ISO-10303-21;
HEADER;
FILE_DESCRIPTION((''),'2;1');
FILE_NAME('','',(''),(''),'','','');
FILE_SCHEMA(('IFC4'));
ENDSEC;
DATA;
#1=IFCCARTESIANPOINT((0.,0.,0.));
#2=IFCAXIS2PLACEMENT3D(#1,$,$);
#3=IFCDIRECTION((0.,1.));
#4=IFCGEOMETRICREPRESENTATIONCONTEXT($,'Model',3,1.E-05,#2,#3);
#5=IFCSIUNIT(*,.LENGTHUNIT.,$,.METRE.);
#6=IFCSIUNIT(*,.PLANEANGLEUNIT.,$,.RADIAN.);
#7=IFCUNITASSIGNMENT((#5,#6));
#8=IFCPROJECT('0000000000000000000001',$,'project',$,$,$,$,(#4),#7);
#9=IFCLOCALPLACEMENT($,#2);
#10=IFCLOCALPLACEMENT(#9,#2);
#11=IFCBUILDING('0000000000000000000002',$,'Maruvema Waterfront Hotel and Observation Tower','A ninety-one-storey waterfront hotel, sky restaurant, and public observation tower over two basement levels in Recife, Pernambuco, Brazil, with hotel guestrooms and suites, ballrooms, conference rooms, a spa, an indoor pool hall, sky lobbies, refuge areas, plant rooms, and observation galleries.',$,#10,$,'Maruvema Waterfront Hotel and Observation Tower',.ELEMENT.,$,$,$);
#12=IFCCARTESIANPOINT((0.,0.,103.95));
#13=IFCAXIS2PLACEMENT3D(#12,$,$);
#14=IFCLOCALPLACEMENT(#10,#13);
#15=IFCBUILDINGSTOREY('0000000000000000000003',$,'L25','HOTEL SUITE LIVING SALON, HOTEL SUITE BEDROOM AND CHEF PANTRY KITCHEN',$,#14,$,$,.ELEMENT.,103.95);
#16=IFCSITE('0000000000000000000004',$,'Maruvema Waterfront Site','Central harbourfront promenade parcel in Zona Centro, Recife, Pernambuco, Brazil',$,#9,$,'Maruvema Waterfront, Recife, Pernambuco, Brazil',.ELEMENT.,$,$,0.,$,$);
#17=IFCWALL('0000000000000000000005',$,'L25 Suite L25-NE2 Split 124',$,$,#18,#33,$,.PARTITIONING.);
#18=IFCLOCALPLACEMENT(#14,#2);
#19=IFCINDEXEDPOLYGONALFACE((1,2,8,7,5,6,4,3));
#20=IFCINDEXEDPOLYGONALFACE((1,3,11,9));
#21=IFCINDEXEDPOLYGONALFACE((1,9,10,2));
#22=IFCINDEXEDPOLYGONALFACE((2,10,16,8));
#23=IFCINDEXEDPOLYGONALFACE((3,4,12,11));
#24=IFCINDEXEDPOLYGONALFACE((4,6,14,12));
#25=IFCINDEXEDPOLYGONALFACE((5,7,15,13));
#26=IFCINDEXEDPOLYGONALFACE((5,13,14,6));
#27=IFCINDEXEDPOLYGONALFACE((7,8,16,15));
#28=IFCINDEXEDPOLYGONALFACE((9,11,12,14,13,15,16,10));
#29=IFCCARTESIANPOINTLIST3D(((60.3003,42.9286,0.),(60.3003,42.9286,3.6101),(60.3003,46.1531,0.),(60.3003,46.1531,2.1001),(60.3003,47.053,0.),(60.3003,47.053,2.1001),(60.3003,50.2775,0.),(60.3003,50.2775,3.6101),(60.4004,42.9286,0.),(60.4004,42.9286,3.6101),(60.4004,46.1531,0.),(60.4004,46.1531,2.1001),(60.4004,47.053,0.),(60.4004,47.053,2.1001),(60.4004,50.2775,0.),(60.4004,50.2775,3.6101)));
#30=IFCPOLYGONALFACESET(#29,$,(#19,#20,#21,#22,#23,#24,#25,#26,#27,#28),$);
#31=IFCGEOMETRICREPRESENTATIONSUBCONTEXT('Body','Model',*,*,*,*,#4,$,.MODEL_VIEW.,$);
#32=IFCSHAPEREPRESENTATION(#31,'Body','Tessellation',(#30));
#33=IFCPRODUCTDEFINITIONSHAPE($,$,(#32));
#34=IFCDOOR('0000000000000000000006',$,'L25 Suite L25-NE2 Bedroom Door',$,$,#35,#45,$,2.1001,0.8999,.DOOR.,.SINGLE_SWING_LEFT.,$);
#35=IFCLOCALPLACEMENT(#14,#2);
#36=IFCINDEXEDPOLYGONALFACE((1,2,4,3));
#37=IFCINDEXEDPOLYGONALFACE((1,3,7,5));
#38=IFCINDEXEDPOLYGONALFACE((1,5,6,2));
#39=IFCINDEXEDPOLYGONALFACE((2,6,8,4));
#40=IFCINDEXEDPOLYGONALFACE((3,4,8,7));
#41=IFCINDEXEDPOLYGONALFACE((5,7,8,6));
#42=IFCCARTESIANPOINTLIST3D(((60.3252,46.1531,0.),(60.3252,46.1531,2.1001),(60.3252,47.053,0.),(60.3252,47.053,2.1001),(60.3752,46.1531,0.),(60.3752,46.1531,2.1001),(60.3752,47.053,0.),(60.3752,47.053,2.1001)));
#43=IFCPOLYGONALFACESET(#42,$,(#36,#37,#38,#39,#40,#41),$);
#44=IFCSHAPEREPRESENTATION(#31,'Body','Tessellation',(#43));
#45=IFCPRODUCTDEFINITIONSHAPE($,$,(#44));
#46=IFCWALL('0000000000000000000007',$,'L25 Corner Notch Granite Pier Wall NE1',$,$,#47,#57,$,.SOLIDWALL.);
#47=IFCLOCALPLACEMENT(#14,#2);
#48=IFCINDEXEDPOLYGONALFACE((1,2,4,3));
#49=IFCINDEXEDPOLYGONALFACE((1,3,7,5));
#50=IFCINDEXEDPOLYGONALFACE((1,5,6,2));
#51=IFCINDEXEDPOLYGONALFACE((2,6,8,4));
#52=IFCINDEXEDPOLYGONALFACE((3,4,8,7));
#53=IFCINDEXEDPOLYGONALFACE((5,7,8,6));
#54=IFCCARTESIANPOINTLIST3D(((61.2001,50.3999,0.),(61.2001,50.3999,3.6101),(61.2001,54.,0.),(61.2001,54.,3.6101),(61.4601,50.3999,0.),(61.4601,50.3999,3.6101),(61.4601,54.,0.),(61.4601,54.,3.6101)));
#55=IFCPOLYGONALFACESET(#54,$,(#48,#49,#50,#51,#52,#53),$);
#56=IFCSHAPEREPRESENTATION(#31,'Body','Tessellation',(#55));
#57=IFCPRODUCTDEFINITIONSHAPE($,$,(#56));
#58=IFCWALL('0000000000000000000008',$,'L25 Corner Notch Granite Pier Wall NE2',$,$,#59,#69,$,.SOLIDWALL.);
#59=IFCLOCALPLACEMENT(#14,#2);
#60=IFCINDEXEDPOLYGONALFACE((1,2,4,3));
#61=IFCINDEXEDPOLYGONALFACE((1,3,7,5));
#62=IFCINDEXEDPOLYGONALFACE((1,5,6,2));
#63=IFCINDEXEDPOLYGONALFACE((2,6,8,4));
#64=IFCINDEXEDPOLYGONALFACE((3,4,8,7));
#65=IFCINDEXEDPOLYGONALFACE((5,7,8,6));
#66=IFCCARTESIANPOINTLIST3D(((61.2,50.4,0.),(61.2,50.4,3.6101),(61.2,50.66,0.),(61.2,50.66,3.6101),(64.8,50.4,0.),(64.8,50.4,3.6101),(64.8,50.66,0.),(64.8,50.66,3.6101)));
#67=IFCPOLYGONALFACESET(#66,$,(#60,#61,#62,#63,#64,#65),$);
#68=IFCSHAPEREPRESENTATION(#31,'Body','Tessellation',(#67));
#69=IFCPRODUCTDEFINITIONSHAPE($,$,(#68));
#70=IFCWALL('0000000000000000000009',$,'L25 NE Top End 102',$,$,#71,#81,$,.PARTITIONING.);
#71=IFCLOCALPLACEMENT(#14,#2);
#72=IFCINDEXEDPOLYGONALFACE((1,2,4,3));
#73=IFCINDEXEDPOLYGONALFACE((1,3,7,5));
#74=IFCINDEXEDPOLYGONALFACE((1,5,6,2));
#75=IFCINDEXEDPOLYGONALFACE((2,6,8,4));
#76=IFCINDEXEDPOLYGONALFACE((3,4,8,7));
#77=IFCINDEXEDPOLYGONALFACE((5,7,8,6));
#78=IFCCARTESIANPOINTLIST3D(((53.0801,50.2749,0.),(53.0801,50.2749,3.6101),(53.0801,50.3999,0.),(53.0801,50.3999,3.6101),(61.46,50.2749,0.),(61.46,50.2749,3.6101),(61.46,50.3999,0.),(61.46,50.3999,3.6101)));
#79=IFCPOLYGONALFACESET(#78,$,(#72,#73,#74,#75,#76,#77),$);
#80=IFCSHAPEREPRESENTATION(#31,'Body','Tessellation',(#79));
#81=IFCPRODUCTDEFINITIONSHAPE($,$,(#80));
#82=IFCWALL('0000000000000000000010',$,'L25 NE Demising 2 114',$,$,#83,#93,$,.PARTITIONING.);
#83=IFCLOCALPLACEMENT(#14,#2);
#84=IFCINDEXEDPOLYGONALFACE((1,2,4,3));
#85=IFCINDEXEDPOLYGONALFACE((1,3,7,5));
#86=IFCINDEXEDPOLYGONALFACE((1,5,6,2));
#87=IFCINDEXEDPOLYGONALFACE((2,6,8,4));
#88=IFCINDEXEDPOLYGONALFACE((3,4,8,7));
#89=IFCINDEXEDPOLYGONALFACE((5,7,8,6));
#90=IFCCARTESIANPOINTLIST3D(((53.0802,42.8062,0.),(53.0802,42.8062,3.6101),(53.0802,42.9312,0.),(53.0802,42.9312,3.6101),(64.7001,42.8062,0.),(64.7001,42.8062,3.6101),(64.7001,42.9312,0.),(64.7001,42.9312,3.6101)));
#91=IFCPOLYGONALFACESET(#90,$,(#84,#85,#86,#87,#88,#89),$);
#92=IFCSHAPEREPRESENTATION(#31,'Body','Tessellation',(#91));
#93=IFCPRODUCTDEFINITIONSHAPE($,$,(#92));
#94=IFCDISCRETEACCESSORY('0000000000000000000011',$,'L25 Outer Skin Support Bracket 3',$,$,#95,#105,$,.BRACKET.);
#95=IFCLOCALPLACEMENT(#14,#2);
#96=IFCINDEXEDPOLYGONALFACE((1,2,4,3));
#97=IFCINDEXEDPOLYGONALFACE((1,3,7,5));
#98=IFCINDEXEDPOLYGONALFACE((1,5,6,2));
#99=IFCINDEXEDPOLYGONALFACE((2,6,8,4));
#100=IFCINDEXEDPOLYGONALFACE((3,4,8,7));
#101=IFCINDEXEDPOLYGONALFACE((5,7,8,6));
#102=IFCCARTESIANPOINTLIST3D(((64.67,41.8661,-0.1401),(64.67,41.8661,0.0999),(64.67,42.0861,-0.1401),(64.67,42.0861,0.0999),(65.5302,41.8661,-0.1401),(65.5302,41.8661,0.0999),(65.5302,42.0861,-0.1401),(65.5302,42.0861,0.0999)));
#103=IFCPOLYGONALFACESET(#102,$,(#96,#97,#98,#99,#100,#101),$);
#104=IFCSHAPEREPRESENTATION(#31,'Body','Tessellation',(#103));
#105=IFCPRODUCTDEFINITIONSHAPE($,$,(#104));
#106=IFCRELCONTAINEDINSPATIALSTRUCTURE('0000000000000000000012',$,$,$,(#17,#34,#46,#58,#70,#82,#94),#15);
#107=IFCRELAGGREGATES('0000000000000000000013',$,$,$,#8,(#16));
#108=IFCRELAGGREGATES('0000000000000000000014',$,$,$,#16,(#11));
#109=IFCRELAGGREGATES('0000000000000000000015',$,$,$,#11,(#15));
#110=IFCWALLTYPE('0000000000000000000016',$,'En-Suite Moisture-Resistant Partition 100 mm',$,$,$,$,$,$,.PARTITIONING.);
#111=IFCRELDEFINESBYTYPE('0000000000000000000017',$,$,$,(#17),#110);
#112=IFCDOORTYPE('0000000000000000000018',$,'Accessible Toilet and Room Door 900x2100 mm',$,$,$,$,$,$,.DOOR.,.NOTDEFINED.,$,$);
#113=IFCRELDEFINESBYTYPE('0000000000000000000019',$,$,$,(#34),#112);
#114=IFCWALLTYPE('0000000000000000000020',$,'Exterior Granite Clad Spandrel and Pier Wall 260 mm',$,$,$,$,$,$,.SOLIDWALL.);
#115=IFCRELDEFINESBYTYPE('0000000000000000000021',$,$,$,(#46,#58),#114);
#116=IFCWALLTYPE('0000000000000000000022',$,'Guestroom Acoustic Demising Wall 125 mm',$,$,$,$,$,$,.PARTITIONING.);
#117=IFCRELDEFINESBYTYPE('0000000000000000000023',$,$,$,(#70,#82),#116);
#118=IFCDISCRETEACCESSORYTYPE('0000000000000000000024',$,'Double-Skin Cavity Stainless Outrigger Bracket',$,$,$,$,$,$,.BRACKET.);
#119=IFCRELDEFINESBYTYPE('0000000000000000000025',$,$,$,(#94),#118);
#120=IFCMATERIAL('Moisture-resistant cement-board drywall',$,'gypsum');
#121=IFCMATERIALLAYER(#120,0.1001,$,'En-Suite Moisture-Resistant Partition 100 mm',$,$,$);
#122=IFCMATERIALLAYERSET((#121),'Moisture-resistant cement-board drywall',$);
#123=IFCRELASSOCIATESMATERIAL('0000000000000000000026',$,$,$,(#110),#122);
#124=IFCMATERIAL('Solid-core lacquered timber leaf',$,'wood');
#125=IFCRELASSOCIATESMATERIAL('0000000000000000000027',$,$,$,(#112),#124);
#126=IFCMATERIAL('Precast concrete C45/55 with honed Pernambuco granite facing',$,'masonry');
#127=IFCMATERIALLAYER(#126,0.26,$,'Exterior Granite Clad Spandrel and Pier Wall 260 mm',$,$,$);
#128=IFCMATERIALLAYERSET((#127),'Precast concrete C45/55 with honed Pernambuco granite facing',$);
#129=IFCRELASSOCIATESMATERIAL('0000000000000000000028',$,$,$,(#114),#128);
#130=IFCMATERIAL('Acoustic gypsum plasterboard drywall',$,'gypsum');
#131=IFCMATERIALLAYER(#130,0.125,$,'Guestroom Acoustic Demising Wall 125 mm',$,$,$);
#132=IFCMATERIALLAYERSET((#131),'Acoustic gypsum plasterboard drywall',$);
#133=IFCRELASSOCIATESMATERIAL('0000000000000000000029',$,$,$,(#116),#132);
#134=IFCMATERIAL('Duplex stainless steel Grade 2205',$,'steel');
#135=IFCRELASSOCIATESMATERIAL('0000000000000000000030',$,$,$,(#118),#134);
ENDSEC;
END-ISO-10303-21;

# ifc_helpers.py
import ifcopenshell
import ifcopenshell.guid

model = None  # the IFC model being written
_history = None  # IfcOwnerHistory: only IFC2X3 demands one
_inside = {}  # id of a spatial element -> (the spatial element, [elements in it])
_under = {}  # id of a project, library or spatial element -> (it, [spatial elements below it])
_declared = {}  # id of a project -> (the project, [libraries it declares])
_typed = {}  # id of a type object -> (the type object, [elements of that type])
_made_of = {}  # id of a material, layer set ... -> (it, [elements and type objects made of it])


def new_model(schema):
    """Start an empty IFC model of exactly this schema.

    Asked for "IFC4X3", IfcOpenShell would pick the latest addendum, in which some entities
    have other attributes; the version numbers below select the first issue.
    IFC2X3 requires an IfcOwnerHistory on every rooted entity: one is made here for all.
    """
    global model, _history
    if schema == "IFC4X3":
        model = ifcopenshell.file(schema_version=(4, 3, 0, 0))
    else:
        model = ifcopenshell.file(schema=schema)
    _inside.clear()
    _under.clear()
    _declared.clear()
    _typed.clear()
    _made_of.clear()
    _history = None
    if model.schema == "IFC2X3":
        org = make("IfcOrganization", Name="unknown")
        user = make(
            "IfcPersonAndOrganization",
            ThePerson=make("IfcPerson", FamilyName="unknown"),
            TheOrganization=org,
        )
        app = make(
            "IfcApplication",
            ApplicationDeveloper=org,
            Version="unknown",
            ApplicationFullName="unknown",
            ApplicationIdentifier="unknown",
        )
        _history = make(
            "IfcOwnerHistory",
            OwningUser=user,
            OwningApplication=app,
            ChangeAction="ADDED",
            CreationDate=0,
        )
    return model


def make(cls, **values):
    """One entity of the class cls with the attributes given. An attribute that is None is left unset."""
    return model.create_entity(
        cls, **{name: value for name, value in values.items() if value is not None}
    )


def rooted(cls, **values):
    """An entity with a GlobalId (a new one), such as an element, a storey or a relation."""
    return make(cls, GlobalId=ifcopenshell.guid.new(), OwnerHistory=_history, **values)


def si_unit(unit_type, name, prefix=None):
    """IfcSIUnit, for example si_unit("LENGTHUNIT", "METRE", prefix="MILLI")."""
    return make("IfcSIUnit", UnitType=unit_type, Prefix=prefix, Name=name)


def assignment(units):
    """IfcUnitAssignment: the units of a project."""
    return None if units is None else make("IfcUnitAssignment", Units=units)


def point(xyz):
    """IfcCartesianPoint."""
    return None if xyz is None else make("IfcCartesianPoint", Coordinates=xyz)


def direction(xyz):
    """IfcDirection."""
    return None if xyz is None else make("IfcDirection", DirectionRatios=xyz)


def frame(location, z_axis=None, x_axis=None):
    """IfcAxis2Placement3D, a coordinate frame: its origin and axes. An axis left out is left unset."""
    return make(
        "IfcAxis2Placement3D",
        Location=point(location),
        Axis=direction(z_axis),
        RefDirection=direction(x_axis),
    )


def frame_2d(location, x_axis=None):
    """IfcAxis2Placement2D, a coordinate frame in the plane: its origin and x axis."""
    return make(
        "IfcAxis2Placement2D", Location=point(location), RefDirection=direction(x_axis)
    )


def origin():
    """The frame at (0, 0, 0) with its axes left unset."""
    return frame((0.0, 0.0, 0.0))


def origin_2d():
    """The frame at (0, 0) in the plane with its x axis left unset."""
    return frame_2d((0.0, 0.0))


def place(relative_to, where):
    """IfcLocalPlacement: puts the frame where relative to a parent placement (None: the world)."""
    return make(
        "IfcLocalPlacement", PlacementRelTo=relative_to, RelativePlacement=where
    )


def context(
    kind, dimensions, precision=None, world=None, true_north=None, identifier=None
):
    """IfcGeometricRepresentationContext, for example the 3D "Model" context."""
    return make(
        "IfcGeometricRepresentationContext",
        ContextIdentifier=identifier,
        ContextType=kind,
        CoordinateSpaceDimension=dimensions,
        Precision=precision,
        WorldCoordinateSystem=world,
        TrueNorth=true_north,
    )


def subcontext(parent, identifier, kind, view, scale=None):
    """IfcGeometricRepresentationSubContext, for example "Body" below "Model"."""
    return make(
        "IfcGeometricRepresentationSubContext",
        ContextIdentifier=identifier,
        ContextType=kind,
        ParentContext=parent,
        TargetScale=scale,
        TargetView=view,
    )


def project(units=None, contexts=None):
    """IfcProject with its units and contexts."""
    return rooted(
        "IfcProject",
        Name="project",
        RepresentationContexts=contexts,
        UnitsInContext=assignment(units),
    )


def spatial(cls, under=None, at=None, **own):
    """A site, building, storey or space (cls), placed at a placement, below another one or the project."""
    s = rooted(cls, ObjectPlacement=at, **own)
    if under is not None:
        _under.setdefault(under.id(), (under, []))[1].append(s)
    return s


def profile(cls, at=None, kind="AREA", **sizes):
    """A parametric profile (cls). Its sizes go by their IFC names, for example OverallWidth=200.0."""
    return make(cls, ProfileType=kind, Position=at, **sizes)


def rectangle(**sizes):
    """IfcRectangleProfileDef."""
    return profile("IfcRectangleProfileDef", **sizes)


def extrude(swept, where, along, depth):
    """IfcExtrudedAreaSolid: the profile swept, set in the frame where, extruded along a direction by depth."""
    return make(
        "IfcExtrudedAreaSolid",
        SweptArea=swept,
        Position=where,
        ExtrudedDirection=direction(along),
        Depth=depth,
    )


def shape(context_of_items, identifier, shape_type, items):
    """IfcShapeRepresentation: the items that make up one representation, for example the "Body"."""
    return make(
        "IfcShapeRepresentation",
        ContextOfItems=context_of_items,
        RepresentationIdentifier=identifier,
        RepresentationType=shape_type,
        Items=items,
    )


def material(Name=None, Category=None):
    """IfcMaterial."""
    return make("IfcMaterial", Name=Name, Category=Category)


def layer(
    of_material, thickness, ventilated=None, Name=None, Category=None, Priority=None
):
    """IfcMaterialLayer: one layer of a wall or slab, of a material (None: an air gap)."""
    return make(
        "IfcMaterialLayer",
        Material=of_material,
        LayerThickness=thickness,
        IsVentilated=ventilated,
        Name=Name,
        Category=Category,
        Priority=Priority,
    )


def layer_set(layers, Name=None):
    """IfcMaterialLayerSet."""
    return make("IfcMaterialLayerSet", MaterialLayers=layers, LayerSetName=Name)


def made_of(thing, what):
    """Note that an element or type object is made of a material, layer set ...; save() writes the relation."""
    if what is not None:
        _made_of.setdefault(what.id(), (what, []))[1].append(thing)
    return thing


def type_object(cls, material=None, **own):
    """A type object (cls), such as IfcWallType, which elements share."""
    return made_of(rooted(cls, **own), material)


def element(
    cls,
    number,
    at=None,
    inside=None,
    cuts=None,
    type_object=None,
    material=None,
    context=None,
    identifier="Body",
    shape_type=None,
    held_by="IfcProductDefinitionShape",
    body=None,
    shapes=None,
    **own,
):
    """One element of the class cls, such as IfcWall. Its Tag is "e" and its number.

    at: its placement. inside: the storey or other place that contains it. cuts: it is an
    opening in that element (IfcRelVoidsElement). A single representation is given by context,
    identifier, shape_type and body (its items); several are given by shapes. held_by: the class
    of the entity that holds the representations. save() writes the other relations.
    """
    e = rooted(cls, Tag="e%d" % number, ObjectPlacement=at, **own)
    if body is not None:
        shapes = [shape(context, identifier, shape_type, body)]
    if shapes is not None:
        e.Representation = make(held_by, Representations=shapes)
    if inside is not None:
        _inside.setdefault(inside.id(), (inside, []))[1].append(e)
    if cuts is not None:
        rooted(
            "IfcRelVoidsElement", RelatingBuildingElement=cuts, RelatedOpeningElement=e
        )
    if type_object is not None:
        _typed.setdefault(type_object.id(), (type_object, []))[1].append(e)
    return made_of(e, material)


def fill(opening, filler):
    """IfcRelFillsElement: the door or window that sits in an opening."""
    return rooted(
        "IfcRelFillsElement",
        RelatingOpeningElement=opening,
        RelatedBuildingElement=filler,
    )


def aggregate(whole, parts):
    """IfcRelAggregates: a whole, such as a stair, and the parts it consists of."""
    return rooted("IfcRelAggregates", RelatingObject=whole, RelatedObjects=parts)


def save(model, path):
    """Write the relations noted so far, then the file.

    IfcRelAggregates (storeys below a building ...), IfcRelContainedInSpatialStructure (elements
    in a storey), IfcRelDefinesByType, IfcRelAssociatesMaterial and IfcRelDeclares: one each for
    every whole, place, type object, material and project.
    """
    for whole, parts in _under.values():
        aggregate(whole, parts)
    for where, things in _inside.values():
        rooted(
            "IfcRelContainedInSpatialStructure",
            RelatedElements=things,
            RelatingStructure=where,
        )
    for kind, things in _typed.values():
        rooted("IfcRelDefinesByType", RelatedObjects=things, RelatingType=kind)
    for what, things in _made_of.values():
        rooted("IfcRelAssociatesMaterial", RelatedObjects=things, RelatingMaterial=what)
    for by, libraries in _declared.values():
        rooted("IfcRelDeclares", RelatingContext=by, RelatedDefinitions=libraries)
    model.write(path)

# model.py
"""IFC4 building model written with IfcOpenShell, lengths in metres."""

from ifc_helpers import new_model, si_unit, direction, frame, frame_2d, origin, origin_2d, place, context, subcontext, project, spatial, rectangle, extrude, material, layer, layer_set, type_object, element, fill, save


model = new_model("IFC4")

# Units and contexts
model_context = context("Model", 3, precision=1e-05, world=origin(), true_north=direction((0.0, 1.0)))
body_context = subcontext(model_context, "Body", "Model", "MODEL_VIEW")
ifc_project = project(units=[si_unit("LENGTHUNIT", "METRE"), si_unit("PLANEANGLEUNIT", "RADIAN")], contexts=[model_context])

# Site, building, storey
site_placement = place(None, origin())
site = spatial("IfcSite", under=ifc_project, at=site_placement, Name="Maruvema Waterfront Site", Description="Central harbourfront promenade parcel in Zona Centro, Recife, Pernambuco, Brazil", LongName="Maruvema Waterfront, Recife, Pernambuco, Brazil", CompositionType="ELEMENT", RefElevation=0.0)
building_placement = place(site_placement, origin())
building = spatial("IfcBuilding", under=site, at=building_placement, Name="Maruvema Waterfront Hotel and Observation Tower", Description="A ninety-one-storey waterfront hotel, sky restaurant, and public observation tower over two basement levels in Recife, Pernambuco, Brazil, with hotel guestrooms and suites, ballrooms, conference rooms, a spa, an indoor pool hall, sky lobbies, refuge areas, plant rooms, and observation galleries.", LongName="Maruvema Waterfront Hotel and Observation Tower", CompositionType="ELEMENT")
storey_placement = place(building_placement, frame((0.0, 0.0, 103.95)))
storey = spatial("IfcBuildingStorey", under=building, at=storey_placement, Name="L25", Description="HOTEL SUITE LIVING SALON, HOTEL SUITE BEDROOM AND CHEF PANTRY KITCHEN", CompositionType="ELEMENT", Elevation=103.95)

# Shared definitions
ifc_material_1 = material(Name="Moisture-resistant cement-board drywall", Category="gypsum")
ifc_layer_1 = layer(ifc_material_1, 0.1001, Name="En-Suite Moisture-Resistant Partition 100 mm")
ifc_layer_set_1 = layer_set([ifc_layer_1], Name="Moisture-resistant cement-board drywall")
wall_type_1 = type_object("IfcWallType", Name="En-Suite Moisture-Resistant Partition 100 mm", PredefinedType="PARTITIONING", material=ifc_layer_set_1)

# Wall, opening, door
wall_1_placement = place(storey_placement, frame((60.3503, 42.9287, 0.0), z_axis=(0.0, 0.0, 1.0), x_axis=(0.0, 1.0, 0.0)))
wall_1 = element("IfcWall", 1, at=wall_1_placement, inside=storey, type_object=wall_type_1, Name="L25 Suite L25-NE2 Split 124", PredefinedType="PARTITIONING", context=body_context, shape_type="SweptSolid", body=[
    extrude(rectangle(XDim=7.3489, YDim=0.1001, at=frame_2d((3.6743, 0.0))), origin(), (0.0, 0.0, 1.0), 3.6101),
])
opening_1_placement = place(wall_1_placement, frame((3.2244, 0.0, 0.0)))
opening_1 = element("IfcOpeningElement", 2, at=opening_1_placement, cuts=wall_1, PredefinedType="OPENING", context=body_context, shape_type="SweptSolid", body=[
    extrude(rectangle(XDim=0.8999, YDim=2.1001, at=frame_2d((0.45, 1.05))), frame((0.0, 0.0601, 0.0), z_axis=(0.0, -1.0, 0.0), x_axis=(1.0, 0.0, 0.0)), (0.0, 0.0, 1.0), 0.1201),
])
ifc_material_2 = material(Name="Solid-core lacquered timber leaf", Category="wood")
door_type_1 = type_object("IfcDoorType", Name="Accessible Toilet and Room Door 900x2100 mm", OperationType="NOTDEFINED", PredefinedType="DOOR", material=ifc_material_2)
door_1_placement = place(opening_1_placement, frame((0.8999, 0.0, 0.0), z_axis=(0.0, 0.0, 1.0), x_axis=(-1.0, 0.0, 0.0)))
door_1 = element("IfcDoor", 3, at=door_1_placement, inside=storey, type_object=door_type_1, Name="L25 Suite L25-NE2 Bedroom Door", OperationType="SINGLE_SWING_LEFT", OverallHeight=2.1001, OverallWidth=0.8999, PredefinedType="DOOR", context=body_context, shape_type="SweptSolid", body=[
    extrude(rectangle(XDim=0.8999, YDim=2.1001, at=frame_2d((0.45, 1.05))), frame((0.0, 0.0249, 0.0), z_axis=(0.0, -1.0, 0.0), x_axis=(1.0, 0.0, 0.0)), (0.0, 0.0, 1.0), 0.05),
])
fill(opening_1, door_1)

# Walls
ifc_material_3 = material(Name="Precast concrete C45/55 with honed Pernambuco granite facing", Category="masonry")
ifc_layer_2 = layer(ifc_material_3, 0.26, Name="Exterior Granite Clad Spandrel and Pier Wall 260 mm")
ifc_layer_set_2 = layer_set([ifc_layer_2], Name="Precast concrete C45/55 with honed Pernambuco granite facing")
wall_type_2 = type_object("IfcWallType", Name="Exterior Granite Clad Spandrel and Pier Wall 260 mm", PredefinedType="SOLIDWALL", material=ifc_layer_set_2)
for number, where, z_axis, x_axis, name in (
    (4, (61.3301, 54.0, 0.0), (0.0, 0.0, 1.0), (0.0, -1.0, 0.0), "L25 Corner Notch Granite Pier Wall NE1"),
    (5, (61.2, 50.53, 0.0), (0.0, 0.0, 1.0), (1.0, 0.0, 0.0), "L25 Corner Notch Granite Pier Wall NE2"),
):
    element("IfcWall", number, at=place(storey_placement, frame(where, z_axis=z_axis, x_axis=x_axis)), inside=storey, type_object=wall_type_2, Name=name, PredefinedType="SOLIDWALL", context=body_context, shape_type="SweptSolid", body=[
        extrude(rectangle(XDim=3.6001, YDim=0.26, at=frame_2d((1.8, 0.0))), origin(), (0.0, 0.0, 1.0), 3.6101),
    ])
ifc_material_4 = material(Name="Acoustic gypsum plasterboard drywall", Category="gypsum")
ifc_layer_3 = layer(ifc_material_4, 0.125, Name="Guestroom Acoustic Demising Wall 125 mm")
ifc_layer_set_3 = layer_set([ifc_layer_3], Name="Acoustic gypsum plasterboard drywall")
wall_type_3 = type_object("IfcWallType", Name="Guestroom Acoustic Demising Wall 125 mm", PredefinedType="PARTITIONING", material=ifc_layer_set_3)
wall_2_placement = place(storey_placement, frame((53.0801, 50.3374, 0.0), z_axis=(0.0, 0.0, 1.0), x_axis=(1.0, 0.0, 0.0)))
element("IfcWall", 6, at=wall_2_placement, inside=storey, type_object=wall_type_3, Name="L25 NE Top End 102", PredefinedType="PARTITIONING", context=body_context, shape_type="SweptSolid", body=[
    extrude(rectangle(XDim=8.3799, YDim=0.125, at=frame_2d((4.1899, 0.0))), origin(), (0.0, 0.0, 1.0), 3.6101),
])
wall_3_placement = place(storey_placement, frame((53.0801, 42.8687, 0.0), z_axis=(0.0, 0.0, 1.0), x_axis=(1.0, 0.0, 0.0)))
element("IfcWall", 7, at=wall_3_placement, inside=storey, type_object=wall_type_3, Name="L25 NE Demising 2 114", PredefinedType="PARTITIONING", context=body_context, shape_type="SweptSolid", body=[
    extrude(rectangle(XDim=11.6199, YDim=0.125, at=frame_2d((5.8101, 0.0))), origin(), (0.0, 0.0, 1.0), 3.6101),
])

# Discrete accessory
ifc_material_5 = material(Name="Duplex stainless steel Grade 2205", Category="steel")
discrete_accessory_type = type_object("IfcDiscreteAccessoryType", Name="Double-Skin Cavity Stainless Outrigger Bracket", PredefinedType="BRACKET", material=ifc_material_5)
discrete_accessory_placement = place(storey_placement, frame((65.1001, 41.9761, -0.1401), z_axis=(0.0, 0.0, 1.0), x_axis=(0.0, 1.0, 0.0)))
element("IfcDiscreteAccessory", 8, at=discrete_accessory_placement, inside=storey, type_object=discrete_accessory_type, Name="L25 Outer Skin Support Bracket 3", PredefinedType="BRACKET", context=body_context, shape_type="SweptSolid", body=[
    extrude(rectangle(XDim=0.22, YDim=0.8601, at=origin_2d()), origin(), (0.0, 0.0, 1.0), 0.24),
])

save(model, "model.ifc")
